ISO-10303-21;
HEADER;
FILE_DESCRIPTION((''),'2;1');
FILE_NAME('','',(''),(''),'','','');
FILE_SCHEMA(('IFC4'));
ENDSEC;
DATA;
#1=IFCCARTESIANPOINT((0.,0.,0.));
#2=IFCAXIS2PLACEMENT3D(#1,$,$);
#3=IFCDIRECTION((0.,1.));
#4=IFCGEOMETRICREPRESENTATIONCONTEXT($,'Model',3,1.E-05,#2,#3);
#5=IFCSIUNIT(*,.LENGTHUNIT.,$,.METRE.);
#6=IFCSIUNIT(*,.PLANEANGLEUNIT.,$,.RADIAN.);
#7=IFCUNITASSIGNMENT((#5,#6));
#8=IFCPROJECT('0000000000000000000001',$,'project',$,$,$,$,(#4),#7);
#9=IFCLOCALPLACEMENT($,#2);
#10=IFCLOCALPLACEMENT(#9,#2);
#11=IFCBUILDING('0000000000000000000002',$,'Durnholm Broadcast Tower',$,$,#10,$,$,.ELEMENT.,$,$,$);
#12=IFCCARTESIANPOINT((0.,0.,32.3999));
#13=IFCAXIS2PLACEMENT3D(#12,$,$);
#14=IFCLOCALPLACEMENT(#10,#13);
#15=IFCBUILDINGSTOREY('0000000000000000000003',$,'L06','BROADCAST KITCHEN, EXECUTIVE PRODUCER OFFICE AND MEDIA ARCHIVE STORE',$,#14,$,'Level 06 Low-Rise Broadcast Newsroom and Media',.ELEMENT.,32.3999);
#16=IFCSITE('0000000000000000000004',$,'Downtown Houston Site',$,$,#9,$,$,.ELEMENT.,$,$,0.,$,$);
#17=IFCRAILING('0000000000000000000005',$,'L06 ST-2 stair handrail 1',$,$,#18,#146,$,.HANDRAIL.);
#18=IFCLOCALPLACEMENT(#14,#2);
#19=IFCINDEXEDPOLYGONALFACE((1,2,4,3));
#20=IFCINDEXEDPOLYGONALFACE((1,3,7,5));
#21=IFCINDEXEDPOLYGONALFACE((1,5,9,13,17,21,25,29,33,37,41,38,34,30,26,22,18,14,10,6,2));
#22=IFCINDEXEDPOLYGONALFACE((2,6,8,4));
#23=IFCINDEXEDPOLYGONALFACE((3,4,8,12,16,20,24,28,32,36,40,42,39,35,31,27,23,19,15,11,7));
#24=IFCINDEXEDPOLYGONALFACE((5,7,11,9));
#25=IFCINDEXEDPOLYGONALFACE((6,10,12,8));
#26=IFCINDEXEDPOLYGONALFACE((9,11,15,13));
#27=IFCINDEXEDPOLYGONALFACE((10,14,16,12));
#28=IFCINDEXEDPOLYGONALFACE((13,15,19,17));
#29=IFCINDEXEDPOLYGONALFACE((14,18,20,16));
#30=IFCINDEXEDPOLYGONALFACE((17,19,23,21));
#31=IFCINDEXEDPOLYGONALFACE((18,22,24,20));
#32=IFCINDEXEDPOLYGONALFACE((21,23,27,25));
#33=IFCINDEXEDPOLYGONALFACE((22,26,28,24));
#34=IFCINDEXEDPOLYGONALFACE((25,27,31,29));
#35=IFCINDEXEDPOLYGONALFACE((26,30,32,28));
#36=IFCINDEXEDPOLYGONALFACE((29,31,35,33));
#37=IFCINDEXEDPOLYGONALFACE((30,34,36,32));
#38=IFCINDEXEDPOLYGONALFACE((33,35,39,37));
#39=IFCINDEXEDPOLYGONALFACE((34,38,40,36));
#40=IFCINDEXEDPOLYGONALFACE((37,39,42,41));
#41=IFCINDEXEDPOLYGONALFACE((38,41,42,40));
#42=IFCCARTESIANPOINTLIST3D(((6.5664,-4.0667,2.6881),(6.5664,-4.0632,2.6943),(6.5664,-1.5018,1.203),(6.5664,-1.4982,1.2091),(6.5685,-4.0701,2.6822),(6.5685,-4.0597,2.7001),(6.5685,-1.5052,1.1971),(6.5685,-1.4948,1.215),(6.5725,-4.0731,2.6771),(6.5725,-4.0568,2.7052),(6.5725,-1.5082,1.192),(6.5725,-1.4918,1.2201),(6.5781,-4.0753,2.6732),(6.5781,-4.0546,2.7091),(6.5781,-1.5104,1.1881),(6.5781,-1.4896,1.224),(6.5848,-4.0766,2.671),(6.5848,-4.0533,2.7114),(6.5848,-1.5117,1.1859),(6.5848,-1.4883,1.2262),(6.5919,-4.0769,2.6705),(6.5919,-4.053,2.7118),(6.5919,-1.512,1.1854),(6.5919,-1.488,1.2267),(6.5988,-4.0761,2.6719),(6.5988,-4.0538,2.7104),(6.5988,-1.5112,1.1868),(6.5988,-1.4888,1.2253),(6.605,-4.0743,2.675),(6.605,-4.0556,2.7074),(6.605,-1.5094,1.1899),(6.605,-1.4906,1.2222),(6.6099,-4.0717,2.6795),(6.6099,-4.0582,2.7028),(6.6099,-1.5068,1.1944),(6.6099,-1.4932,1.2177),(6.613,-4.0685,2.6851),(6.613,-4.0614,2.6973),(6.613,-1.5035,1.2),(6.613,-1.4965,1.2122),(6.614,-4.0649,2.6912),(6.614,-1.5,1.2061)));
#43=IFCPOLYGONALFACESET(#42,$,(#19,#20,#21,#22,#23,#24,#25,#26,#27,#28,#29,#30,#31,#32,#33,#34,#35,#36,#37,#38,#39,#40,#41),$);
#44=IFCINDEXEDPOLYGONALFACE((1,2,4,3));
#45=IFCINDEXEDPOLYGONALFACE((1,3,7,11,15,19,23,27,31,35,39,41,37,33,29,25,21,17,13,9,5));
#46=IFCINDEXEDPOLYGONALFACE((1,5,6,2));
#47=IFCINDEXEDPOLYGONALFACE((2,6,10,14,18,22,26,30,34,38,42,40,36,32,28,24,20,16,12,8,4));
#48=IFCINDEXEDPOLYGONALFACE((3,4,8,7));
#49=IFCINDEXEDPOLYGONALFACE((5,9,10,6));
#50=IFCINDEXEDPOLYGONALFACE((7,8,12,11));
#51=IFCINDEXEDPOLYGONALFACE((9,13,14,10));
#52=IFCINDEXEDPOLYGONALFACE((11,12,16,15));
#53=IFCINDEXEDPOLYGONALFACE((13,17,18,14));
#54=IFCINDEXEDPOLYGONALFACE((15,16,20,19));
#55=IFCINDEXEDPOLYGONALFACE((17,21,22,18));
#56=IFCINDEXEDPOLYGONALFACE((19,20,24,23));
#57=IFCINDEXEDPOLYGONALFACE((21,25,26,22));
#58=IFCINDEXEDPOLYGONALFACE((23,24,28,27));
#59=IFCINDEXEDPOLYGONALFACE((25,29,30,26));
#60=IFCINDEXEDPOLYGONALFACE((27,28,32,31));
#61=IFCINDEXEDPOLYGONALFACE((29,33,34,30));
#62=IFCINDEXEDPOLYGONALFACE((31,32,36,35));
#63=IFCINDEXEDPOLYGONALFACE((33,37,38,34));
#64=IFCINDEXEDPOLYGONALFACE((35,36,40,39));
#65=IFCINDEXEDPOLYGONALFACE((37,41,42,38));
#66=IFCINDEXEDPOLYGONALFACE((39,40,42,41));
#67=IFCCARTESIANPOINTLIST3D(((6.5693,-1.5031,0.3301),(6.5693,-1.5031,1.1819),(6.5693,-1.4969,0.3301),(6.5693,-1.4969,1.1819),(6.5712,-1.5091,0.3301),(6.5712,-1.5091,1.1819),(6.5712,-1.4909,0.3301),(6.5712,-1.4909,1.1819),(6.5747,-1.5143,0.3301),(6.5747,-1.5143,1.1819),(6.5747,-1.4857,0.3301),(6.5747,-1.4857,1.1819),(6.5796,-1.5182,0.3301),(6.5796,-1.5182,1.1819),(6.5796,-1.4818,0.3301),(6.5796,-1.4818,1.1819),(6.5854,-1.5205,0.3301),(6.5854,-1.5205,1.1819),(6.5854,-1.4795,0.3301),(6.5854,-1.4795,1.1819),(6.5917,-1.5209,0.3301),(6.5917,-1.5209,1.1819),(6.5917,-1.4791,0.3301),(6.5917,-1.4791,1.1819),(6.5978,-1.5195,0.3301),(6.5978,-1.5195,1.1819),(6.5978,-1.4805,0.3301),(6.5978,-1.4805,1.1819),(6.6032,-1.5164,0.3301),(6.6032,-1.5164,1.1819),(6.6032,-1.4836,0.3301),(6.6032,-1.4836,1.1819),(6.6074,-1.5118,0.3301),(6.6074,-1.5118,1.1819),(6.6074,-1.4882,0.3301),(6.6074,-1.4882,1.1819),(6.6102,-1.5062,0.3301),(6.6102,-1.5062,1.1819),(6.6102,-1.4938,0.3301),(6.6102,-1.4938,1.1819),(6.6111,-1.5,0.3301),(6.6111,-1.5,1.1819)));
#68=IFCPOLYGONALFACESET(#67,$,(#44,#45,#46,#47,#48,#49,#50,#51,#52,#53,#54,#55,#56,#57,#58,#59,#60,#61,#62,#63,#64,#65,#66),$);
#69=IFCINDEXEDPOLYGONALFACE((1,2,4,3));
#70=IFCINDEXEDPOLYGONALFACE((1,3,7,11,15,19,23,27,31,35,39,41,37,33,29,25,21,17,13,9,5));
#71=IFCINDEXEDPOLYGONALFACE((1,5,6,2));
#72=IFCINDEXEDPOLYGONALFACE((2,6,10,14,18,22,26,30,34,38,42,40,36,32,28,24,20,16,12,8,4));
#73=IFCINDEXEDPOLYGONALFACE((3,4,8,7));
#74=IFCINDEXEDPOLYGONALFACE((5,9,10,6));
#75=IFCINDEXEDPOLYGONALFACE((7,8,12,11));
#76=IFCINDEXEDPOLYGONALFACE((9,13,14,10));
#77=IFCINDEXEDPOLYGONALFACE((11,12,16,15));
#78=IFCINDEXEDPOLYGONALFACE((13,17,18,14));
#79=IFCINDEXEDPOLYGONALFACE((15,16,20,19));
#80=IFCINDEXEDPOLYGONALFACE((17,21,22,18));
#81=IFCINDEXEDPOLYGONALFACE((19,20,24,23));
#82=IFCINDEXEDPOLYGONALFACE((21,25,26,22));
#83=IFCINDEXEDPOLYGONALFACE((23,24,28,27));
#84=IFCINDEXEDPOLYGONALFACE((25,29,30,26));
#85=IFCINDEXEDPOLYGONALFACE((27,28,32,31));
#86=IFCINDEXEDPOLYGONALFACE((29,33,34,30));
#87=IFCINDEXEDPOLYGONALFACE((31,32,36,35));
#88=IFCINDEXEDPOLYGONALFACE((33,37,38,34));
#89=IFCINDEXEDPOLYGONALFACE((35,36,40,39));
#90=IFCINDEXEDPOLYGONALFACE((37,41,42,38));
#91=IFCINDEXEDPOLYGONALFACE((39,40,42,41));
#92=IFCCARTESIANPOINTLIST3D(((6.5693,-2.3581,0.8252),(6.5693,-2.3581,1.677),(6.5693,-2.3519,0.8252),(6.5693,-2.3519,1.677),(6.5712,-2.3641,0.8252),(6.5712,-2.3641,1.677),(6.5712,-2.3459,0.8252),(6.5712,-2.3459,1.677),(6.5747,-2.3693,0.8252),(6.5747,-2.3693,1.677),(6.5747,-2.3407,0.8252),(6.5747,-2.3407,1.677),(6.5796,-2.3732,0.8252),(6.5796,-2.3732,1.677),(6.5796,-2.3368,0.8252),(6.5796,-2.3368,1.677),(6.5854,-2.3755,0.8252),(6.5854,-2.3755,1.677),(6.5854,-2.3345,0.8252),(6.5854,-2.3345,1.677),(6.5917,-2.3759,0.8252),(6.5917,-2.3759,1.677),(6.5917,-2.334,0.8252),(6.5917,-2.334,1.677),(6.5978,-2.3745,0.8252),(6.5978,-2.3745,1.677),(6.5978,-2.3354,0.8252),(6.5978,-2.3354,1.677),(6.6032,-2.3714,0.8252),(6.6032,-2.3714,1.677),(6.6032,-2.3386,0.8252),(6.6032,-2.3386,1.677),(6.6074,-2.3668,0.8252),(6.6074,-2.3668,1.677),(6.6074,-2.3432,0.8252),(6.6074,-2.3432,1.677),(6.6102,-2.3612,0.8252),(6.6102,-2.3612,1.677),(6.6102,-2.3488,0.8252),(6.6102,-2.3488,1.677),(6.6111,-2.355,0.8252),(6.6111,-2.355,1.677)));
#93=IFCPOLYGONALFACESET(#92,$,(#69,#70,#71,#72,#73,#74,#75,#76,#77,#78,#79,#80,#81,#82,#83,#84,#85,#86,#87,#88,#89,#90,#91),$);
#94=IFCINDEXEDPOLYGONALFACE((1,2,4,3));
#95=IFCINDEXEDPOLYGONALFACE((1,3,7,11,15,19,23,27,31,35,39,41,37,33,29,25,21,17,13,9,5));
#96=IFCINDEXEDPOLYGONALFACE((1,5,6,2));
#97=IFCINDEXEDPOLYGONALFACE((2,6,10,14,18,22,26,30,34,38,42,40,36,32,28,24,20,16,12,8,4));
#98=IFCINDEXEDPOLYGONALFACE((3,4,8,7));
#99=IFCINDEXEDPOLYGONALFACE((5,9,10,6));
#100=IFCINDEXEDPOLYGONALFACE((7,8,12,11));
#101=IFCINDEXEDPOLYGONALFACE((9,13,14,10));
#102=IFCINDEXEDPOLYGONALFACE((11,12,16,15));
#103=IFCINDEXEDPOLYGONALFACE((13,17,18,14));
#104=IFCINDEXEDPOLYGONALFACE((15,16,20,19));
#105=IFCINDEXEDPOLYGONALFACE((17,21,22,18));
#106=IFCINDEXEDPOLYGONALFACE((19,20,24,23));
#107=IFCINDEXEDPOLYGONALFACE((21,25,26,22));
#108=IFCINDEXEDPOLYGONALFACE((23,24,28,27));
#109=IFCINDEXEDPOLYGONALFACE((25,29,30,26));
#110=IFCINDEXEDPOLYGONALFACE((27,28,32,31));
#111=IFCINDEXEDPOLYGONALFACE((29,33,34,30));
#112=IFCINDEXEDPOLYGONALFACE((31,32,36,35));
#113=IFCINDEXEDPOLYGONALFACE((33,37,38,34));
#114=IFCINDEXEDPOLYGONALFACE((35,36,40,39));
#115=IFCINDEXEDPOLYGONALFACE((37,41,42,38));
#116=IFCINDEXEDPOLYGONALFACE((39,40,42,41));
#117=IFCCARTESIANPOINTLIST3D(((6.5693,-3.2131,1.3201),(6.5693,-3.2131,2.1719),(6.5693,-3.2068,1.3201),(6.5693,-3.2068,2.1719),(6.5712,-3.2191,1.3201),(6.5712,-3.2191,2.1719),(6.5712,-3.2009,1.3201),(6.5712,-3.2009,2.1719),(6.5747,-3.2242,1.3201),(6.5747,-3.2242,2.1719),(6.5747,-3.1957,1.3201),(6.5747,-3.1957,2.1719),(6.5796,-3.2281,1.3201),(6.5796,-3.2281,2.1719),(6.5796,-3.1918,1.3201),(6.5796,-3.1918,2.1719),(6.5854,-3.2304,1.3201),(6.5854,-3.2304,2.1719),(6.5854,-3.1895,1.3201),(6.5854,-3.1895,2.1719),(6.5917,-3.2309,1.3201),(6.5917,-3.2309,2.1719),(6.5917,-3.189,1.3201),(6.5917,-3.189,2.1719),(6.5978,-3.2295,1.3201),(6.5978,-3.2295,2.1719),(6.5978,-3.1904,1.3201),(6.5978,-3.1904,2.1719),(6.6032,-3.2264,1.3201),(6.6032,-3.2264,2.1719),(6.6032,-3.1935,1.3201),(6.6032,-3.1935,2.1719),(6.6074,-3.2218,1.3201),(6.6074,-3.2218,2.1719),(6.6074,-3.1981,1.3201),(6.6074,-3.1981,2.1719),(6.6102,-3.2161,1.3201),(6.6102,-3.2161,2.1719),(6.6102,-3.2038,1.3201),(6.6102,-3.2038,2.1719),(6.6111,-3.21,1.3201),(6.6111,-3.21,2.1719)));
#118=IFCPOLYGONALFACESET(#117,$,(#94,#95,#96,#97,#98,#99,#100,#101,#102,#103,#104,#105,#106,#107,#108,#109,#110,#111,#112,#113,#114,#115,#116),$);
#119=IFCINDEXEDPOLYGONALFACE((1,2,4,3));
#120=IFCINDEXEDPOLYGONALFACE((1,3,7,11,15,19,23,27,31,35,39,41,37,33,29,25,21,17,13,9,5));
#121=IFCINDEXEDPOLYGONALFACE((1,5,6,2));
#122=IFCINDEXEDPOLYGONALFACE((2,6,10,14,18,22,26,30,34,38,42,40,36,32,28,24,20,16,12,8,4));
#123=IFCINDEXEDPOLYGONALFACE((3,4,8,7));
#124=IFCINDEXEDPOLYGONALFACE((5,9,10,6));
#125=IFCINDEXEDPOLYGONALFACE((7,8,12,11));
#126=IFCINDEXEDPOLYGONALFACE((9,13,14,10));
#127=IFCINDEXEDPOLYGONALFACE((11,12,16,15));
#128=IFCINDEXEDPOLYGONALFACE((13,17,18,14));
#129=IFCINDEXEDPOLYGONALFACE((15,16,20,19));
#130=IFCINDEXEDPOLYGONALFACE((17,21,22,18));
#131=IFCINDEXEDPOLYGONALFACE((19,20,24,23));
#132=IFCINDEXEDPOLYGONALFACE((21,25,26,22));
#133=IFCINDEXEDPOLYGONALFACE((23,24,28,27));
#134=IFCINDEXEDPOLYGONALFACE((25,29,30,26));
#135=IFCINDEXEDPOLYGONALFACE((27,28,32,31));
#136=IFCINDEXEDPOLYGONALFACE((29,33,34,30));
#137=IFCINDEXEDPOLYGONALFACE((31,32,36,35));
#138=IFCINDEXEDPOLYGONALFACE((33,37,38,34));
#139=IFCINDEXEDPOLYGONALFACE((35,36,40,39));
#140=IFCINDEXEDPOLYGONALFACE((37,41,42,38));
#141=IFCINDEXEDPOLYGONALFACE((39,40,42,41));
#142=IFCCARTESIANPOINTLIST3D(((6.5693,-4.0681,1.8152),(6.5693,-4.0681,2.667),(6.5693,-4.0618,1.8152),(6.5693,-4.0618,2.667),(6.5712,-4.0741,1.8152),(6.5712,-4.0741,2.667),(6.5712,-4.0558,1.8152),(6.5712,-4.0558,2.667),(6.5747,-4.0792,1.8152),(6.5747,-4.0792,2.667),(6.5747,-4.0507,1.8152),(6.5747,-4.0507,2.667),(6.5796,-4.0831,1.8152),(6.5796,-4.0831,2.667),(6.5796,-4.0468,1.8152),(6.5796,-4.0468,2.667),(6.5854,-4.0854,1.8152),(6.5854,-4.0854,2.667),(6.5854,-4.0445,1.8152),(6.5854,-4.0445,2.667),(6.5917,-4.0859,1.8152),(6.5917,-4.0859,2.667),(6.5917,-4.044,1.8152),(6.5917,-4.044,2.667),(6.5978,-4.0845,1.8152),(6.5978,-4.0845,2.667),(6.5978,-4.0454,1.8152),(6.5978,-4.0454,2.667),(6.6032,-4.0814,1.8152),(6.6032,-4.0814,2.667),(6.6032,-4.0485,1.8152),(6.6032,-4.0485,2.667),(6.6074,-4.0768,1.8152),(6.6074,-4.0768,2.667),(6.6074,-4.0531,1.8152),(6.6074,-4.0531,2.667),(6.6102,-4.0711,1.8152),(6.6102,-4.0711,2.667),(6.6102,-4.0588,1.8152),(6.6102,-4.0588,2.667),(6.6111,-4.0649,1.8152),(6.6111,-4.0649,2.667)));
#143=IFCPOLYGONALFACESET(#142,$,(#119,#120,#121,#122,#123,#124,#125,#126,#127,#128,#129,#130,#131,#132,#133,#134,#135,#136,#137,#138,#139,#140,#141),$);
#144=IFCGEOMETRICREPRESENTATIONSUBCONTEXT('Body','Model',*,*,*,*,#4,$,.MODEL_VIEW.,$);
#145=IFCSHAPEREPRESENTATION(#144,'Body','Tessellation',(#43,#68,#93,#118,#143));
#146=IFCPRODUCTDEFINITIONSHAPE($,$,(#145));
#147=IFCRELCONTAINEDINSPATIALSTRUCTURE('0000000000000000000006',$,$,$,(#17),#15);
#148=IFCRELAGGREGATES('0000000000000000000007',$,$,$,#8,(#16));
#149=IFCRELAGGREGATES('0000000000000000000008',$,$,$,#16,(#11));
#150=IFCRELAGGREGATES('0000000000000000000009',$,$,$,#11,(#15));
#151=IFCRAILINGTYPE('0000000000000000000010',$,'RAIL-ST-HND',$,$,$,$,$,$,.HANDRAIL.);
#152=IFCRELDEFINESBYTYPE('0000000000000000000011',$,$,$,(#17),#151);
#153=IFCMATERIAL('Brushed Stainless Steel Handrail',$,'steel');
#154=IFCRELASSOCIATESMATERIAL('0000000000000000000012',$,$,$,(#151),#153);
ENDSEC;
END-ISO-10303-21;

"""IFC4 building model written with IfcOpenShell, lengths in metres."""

from ifc_helpers import new_model, si_unit, direction, frame, origin, origin_2d, place, context, subcontext, project, spatial, circle, extrude, material, type_object, element, save


model = new_model("IFC4")

# Units and contexts
model_context = context("Model", 3, precision=1e-05, world=origin(), true_north=direction((0.0, 1.0)))
body_context = subcontext(model_context, "Body", "Model", "MODEL_VIEW")
ifc_project = project(units=[si_unit("LENGTHUNIT", "METRE"), si_unit("PLANEANGLEUNIT", "RADIAN")], contexts=[model_context])

# Site, building, storey
site_placement = place(None, origin())
site = spatial("IfcSite", under=ifc_project, at=site_placement, Name="Downtown Houston Site", CompositionType="ELEMENT", RefElevation=0.0)
building_placement = place(site_placement, origin())
building = spatial("IfcBuilding", under=site, at=building_placement, Name="Durnholm Broadcast Tower", CompositionType="ELEMENT")
storey_placement = place(building_placement, frame((0.0, 0.0, 32.3999)))
storey = spatial("IfcBuildingStorey", under=building, at=storey_placement, Name="L06", Description="BROADCAST KITCHEN, EXECUTIVE PRODUCER OFFICE AND MEDIA ARCHIVE STORE", LongName="Level 06 Low-Rise Broadcast Newsroom and Media", CompositionType="ELEMENT", Elevation=32.3999)

# Railing
ifc_material_1 = material(Name="Brushed Stainless Steel Handrail", Category="steel")
railing_type_1 = type_object("IfcRailingType", Name="RAIL-ST-HND", PredefinedType="HANDRAIL", material=ifc_material_1)
railing_1_placement = place(storey_placement, frame((6.5901, -1.5, 0.3301)))
element("IfcRailing", 1, at=railing_1_placement, inside=storey, type_object=railing_type_1, Name="L06 ST-2 stair handrail 1", PredefinedType="HANDRAIL", context=body_context, shape_type="SweptSolid", body=[
    extrude(circle(Radius=0.0239, at=origin_2d()), frame((0.0, 0.0, 0.876), z_axis=(0.0, -0.865406, 0.501072), x_axis=(1.0, 0.0, 0.0)), (0.0, 0.0, 1.0), 2.9639),
    extrude(circle(Radius=0.021, at=origin_2d()), origin(), (0.0, 0.0, 1.0), 0.8518),
    extrude(circle(Radius=0.021, at=origin_2d()), frame((0.0, -0.855, 0.4951)), (0.0, 0.0, 1.0), 0.8518),
    extrude(circle(Radius=0.021, at=origin_2d()), frame((0.0, -1.71, 0.99)), (0.0, 0.0, 1.0), 0.8518),
    extrude(circle(Radius=0.021, at=origin_2d()), frame((0.0, -2.5649, 1.4851)), (0.0, 0.0, 1.0), 0.8518),
])

save(model, "model.ifc")
